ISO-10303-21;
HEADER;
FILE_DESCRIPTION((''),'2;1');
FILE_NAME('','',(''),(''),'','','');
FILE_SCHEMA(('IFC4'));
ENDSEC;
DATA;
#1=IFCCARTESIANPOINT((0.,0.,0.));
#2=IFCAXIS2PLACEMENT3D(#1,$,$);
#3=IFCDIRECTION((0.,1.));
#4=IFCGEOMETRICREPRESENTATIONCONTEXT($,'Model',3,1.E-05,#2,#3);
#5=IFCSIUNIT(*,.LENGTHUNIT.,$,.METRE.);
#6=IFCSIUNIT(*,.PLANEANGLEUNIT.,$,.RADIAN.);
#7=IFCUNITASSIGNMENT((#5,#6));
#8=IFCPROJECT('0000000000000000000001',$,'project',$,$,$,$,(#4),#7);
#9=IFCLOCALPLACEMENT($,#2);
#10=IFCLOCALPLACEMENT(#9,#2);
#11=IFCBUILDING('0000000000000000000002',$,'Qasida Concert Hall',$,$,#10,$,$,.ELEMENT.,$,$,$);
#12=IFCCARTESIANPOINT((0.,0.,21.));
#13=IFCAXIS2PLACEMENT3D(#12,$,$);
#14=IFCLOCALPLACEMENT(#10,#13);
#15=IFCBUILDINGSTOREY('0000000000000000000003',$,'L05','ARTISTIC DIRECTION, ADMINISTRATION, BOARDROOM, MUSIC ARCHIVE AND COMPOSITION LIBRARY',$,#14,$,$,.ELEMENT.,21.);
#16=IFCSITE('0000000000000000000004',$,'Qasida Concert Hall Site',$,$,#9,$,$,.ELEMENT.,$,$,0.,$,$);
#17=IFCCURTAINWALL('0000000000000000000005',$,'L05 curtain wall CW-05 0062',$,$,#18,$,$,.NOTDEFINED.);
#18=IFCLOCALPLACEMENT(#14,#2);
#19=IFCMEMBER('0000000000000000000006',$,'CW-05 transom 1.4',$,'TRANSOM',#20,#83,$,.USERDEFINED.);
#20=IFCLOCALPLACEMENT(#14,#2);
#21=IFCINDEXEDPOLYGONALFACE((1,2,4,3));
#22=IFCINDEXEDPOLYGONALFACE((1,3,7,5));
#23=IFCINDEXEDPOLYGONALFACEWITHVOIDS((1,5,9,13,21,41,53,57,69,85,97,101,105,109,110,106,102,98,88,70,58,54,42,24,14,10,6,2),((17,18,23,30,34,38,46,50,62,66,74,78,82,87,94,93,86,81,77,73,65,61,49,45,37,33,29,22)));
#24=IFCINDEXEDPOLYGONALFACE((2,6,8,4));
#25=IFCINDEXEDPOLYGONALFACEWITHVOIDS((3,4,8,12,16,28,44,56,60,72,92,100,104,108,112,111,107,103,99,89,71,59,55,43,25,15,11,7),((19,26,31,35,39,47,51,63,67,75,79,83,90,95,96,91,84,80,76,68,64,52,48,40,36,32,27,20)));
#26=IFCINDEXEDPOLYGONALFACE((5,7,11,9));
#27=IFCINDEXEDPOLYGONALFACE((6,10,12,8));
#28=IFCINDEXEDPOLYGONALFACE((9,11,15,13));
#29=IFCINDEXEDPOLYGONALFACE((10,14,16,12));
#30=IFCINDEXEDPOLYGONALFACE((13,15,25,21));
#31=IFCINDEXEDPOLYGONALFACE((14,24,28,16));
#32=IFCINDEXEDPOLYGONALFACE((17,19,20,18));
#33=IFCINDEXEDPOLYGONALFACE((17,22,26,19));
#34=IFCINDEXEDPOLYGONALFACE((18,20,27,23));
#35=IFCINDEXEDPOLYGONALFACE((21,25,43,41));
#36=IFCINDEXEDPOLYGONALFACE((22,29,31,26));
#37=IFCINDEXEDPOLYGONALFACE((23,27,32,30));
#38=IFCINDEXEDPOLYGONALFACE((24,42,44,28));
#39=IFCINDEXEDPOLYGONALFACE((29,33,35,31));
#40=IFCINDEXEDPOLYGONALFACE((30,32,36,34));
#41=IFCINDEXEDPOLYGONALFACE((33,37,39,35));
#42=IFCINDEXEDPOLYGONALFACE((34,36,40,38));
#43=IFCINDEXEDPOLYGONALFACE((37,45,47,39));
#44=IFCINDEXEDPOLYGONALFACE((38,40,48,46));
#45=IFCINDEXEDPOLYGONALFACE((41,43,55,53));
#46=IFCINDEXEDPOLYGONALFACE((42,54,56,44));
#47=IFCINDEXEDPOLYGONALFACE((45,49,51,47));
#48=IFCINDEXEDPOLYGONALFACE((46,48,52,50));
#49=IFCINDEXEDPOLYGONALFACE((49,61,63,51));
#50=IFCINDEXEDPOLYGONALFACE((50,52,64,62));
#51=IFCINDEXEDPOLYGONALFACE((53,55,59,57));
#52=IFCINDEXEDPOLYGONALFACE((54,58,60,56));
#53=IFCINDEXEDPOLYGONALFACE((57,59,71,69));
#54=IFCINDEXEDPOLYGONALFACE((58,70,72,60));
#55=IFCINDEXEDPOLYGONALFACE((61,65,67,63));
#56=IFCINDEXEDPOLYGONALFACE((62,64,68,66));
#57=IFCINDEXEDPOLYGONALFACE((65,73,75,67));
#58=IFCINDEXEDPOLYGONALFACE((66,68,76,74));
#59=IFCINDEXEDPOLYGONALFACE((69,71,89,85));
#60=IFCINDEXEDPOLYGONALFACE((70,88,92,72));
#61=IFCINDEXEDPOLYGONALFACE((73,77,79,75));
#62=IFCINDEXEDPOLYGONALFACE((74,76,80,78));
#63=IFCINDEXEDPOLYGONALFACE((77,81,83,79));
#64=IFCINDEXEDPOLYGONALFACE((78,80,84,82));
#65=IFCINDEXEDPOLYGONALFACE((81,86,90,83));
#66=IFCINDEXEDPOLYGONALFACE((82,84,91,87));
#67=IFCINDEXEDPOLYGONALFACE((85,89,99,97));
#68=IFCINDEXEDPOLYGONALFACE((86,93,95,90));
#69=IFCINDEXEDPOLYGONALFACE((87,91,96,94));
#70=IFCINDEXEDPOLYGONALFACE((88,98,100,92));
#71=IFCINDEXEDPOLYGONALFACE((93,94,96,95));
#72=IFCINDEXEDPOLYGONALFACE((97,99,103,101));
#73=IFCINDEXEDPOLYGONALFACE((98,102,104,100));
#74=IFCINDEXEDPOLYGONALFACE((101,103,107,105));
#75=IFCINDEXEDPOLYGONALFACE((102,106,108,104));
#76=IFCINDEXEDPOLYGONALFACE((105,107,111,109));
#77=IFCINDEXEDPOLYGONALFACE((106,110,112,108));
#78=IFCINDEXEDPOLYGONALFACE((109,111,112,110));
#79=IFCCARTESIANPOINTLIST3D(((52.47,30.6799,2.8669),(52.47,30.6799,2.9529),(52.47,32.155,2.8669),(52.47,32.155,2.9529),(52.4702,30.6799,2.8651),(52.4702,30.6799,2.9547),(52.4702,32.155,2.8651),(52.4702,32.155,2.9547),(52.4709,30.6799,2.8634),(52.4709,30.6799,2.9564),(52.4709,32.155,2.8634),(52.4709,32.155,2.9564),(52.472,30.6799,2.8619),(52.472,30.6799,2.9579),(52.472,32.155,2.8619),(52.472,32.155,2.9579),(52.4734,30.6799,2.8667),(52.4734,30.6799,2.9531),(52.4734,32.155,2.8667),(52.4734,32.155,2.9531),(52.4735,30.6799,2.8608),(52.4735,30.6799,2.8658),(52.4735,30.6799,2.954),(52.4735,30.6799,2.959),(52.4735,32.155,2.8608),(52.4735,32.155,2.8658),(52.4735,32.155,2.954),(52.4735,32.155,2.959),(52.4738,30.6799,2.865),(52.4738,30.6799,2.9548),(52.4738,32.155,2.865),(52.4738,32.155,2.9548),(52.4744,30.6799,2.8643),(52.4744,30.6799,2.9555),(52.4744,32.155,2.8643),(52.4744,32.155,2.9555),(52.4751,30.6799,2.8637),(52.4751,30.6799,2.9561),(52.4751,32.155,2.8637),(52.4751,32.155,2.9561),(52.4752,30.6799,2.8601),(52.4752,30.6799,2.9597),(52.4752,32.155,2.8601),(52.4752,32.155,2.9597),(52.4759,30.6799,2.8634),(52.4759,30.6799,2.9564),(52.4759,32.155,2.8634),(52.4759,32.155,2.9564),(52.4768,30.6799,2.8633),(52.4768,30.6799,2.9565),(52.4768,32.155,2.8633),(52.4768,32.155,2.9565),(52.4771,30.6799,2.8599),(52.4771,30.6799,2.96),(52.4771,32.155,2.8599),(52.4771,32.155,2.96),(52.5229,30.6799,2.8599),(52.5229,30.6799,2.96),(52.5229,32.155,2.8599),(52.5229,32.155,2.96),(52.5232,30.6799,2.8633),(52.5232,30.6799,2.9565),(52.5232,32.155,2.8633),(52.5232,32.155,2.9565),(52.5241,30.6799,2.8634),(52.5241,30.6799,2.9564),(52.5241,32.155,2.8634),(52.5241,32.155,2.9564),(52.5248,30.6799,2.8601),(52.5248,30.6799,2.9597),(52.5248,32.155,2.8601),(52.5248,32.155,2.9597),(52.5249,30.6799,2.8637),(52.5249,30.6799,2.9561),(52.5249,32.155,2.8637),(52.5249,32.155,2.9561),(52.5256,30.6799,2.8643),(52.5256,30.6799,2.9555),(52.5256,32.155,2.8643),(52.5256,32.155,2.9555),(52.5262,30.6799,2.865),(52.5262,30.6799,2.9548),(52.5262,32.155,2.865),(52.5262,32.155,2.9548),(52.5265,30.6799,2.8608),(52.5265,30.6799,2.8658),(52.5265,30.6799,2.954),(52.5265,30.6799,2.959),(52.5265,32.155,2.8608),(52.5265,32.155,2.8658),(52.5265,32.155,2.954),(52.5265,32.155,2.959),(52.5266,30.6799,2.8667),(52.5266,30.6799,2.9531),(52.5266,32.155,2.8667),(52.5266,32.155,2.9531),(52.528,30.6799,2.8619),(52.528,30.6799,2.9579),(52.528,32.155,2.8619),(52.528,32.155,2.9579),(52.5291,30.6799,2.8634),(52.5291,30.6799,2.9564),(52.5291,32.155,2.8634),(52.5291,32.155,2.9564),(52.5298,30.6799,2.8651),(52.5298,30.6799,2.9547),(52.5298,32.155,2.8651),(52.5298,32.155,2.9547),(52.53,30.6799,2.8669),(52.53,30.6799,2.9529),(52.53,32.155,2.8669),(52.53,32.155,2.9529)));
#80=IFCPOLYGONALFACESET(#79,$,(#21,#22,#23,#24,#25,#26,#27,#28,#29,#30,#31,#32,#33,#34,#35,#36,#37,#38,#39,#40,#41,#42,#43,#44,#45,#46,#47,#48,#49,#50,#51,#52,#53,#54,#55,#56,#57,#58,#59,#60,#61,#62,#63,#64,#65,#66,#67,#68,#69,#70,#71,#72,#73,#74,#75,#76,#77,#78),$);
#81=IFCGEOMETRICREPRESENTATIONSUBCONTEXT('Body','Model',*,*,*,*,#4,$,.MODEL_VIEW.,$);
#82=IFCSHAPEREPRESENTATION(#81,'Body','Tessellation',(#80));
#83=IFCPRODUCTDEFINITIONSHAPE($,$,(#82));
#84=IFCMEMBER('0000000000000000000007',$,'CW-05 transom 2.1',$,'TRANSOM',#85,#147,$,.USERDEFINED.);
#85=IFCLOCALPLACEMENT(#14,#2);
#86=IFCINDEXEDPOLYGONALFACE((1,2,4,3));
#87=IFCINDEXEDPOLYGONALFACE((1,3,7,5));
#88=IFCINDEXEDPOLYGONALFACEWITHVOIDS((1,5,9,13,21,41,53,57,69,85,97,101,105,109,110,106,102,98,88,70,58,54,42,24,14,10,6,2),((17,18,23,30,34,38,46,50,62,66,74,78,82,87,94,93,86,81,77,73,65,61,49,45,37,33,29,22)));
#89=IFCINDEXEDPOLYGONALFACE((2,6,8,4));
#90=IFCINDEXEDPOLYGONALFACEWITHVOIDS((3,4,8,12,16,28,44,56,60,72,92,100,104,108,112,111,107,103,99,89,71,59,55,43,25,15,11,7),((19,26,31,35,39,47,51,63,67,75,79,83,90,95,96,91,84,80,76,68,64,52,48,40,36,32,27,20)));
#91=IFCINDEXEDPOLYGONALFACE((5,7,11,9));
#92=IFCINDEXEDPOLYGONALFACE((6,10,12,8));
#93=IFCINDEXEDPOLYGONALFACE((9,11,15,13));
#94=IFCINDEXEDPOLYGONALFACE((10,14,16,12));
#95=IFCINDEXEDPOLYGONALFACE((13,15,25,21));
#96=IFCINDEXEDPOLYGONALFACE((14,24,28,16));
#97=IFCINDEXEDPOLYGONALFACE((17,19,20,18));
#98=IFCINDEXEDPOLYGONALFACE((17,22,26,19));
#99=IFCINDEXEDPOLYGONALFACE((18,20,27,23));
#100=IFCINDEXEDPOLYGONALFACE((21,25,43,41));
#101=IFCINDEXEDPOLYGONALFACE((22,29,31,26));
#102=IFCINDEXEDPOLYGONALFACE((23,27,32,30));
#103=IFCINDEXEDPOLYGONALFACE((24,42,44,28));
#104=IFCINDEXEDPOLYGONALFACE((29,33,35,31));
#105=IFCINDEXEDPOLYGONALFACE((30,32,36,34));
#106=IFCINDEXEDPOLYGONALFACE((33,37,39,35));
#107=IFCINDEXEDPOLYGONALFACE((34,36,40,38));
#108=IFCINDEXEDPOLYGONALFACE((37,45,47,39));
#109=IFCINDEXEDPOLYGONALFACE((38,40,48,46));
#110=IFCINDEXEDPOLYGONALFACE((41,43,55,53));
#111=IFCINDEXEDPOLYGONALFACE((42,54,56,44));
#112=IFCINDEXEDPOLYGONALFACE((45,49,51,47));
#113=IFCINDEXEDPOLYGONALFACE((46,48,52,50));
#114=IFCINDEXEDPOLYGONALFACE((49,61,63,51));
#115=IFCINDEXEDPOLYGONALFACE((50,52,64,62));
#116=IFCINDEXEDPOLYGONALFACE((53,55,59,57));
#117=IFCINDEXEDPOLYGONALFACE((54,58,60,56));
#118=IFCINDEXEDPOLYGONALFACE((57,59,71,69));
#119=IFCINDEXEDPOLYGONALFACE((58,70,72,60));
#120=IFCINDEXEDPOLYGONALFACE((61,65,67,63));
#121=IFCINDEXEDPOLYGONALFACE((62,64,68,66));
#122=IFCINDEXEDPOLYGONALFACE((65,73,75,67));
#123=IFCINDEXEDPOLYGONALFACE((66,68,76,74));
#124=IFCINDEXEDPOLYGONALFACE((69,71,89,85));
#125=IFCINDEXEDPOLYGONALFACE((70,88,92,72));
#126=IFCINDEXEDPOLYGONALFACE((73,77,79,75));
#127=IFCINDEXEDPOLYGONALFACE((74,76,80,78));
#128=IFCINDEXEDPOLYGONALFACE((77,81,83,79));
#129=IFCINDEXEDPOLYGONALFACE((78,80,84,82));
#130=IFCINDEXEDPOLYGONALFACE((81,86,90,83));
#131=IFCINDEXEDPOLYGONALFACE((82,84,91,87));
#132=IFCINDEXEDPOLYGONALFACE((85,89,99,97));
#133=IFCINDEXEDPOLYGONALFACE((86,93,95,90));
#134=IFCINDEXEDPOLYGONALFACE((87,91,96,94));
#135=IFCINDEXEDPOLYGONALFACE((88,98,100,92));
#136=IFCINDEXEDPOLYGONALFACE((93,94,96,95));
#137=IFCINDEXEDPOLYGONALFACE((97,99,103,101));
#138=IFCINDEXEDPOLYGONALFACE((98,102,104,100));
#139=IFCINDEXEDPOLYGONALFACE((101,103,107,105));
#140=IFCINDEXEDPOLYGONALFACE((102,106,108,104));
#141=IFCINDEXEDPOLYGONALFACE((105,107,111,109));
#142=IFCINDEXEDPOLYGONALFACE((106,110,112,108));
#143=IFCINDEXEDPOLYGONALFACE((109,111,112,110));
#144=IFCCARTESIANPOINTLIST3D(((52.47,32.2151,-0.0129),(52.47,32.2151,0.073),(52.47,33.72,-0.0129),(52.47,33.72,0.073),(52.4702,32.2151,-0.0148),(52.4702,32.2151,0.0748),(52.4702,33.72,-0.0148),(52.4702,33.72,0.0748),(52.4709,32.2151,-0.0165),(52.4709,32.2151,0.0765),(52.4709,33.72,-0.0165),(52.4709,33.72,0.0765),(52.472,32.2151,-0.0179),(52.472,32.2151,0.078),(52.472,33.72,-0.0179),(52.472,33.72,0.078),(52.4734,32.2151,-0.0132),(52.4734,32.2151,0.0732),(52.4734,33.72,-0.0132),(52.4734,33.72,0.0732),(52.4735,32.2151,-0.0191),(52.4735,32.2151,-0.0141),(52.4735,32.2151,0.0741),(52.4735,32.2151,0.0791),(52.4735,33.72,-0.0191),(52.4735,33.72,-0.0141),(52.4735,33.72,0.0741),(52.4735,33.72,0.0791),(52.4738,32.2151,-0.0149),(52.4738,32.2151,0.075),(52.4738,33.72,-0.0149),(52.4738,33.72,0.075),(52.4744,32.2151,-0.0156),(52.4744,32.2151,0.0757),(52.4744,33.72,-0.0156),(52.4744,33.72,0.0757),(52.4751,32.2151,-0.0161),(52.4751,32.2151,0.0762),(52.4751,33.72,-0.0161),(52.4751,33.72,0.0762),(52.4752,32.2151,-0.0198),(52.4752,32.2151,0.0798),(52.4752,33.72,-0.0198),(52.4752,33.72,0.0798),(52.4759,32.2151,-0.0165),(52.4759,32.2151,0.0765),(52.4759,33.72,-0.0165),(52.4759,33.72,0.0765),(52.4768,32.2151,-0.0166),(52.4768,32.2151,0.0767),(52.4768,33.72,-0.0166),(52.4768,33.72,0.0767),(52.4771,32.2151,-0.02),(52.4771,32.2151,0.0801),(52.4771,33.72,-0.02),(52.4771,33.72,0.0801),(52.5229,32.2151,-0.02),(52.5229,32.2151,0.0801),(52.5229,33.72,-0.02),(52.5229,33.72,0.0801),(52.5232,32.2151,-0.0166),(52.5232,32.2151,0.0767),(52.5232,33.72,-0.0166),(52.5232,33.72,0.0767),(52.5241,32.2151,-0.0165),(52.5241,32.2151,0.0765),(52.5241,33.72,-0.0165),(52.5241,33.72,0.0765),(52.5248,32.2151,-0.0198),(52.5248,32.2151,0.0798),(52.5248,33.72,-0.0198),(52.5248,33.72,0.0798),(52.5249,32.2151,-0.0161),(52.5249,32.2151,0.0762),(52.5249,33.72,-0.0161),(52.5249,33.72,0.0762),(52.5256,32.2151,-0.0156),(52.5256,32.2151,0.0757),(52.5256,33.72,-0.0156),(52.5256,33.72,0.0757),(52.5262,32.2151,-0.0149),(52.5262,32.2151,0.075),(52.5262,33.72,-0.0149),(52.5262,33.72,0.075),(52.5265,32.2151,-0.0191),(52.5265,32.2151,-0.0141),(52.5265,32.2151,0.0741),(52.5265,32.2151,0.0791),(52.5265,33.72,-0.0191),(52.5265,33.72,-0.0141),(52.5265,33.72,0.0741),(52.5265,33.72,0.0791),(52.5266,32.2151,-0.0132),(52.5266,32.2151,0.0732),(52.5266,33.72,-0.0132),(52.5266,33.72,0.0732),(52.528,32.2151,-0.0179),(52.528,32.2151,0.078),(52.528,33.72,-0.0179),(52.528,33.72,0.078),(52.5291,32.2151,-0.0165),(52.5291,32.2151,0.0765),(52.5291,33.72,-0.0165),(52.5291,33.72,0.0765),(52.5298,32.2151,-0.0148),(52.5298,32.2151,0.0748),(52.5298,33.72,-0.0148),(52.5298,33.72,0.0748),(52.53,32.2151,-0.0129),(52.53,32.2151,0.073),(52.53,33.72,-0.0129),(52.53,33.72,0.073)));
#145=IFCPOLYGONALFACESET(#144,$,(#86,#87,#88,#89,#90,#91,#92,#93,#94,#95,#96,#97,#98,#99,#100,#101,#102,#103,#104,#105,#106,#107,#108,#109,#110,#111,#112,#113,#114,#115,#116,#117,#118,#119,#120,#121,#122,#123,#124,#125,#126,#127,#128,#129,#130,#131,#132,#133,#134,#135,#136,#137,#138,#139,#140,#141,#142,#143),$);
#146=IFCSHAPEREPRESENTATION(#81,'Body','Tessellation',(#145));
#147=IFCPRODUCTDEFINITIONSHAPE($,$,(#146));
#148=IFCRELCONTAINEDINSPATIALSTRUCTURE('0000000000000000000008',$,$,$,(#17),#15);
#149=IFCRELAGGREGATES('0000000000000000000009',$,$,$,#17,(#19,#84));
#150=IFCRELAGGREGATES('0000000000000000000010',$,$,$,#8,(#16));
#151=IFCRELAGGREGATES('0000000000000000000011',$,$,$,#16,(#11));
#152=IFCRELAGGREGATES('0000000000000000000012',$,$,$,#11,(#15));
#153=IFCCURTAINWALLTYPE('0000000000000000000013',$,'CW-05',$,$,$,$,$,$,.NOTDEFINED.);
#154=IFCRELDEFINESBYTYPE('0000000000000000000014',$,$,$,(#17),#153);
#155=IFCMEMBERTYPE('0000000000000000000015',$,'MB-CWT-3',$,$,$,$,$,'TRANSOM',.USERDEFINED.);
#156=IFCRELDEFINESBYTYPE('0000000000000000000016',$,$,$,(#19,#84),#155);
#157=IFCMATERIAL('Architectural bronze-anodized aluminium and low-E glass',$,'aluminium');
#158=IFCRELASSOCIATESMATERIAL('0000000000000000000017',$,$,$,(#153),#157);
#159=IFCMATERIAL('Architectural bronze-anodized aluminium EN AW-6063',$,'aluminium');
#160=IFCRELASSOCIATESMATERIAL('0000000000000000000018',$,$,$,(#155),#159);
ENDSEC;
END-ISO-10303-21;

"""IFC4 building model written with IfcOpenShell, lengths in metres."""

from ifc_helpers import new_model, si_unit, direction, frame, origin, origin_2d, place, context, subcontext, project, spatial, hollow_rectangle, extrude, material, material_profile, profile_set, type_object, element, aggregate, save


model = new_model("IFC4")

# Units and contexts
model_context = context("Model", 3, precision=1e-05, world=origin(), true_north=direction((0.0, 1.0)))
body_context = subcontext(model_context, "Body", "Model", "MODEL_VIEW")
ifc_project = project(units=[si_unit("LENGTHUNIT", "METRE"), si_unit("PLANEANGLEUNIT", "RADIAN")], contexts=[model_context])

# Site, building, storey
site_placement = place(None, origin())
site = spatial("IfcSite", under=ifc_project, at=site_placement, Name="Qasida Concert Hall Site", CompositionType="ELEMENT", RefElevation=0.0)
building_placement = place(site_placement, origin())
building = spatial("IfcBuilding", under=site, at=building_placement, Name="Qasida Concert Hall", CompositionType="ELEMENT")
storey_placement = place(building_placement, frame((0.0, 0.0, 21.0)))
storey = spatial("IfcBuildingStorey", under=building, at=storey_placement, Name="L05", Description="ARTISTIC DIRECTION, ADMINISTRATION, BOARDROOM, MUSIC ARCHIVE AND COMPOSITION LIBRARY", CompositionType="ELEMENT", Elevation=21.0)

# Shared definitions
ifc_material_1 = material(Name="Architectural bronze-anodized aluminium and low-E glass", Category="aluminium")
curtain_wall_type = type_object("IfcCurtainWallType", Name="CW-05", PredefinedType="NOTDEFINED", material=ifc_material_1)
ifc_material_2 = material(Name="Architectural bronze-anodized aluminium EN AW-6063", Category="aluminium")

# Curtain wall
curtain_wall_1_placement = place(storey_placement, origin())
curtain_wall_1 = element("IfcCurtainWall", 1, at=curtain_wall_1_placement, inside=storey, type_object=curtain_wall_type, Name="L05 curtain wall CW-05 0062", PredefinedType="NOTDEFINED")

# Members
ifc_material_profile_1 = material_profile(ifc_material_2, hollow_rectangle(XDim=0.0601, YDim=0.1001, WallThickness=0.0034, InnerFilletRadius=0.0034, OuterFilletRadius=0.0071, at=origin_2d()), Name="CWT 100x60x3.5")
ifc_profile_set_1 = profile_set([ifc_material_profile_1], Name="Architectural bronze-anodized aluminium EN AW-6063")
member_type_1 = type_object("IfcMemberType", Name="MB-CWT-3", ElementType="TRANSOM", PredefinedType="USERDEFINED", material=ifc_profile_set_1)
member_1_placement = place(storey_placement, frame((52.5, 30.6799, 2.9099), z_axis=(0.0, 1.0, 0.0), x_axis=(-1.0, 0.0, 0.0)))
member_1 = element("IfcMember", 2, at=member_1_placement, type_object=member_type_1, Name="CW-05 transom 1.4", ObjectType="TRANSOM", PredefinedType="USERDEFINED", context=body_context, shape_type="SweptSolid", body=[
    extrude(hollow_rectangle(XDim=0.0601, YDim=0.1001, WallThickness=0.0034, InnerFilletRadius=0.0034, OuterFilletRadius=0.0071, at=origin_2d()), origin(), (0.0, 0.0, 1.0), 1.4751),
])
member_2_placement = place(storey_placement, frame((52.5, 32.2151, 0.03), z_axis=(0.0, 1.0, 0.0), x_axis=(-1.0, 0.0, 0.0)))
member_2 = element("IfcMember", 3, at=member_2_placement, type_object=member_type_1, Name="CW-05 transom 2.1", ObjectType="TRANSOM", PredefinedType="USERDEFINED", context=body_context, shape_type="SweptSolid", body=[
    extrude(hollow_rectangle(XDim=0.0601, YDim=0.1001, WallThickness=0.0034, InnerFilletRadius=0.0034, OuterFilletRadius=0.0071, at=origin_2d()), origin(), (0.0, 0.0, 1.0), 1.5049),
])

aggregate(curtain_wall_1, [member_1, member_2])

save(model, "model.ifc")
